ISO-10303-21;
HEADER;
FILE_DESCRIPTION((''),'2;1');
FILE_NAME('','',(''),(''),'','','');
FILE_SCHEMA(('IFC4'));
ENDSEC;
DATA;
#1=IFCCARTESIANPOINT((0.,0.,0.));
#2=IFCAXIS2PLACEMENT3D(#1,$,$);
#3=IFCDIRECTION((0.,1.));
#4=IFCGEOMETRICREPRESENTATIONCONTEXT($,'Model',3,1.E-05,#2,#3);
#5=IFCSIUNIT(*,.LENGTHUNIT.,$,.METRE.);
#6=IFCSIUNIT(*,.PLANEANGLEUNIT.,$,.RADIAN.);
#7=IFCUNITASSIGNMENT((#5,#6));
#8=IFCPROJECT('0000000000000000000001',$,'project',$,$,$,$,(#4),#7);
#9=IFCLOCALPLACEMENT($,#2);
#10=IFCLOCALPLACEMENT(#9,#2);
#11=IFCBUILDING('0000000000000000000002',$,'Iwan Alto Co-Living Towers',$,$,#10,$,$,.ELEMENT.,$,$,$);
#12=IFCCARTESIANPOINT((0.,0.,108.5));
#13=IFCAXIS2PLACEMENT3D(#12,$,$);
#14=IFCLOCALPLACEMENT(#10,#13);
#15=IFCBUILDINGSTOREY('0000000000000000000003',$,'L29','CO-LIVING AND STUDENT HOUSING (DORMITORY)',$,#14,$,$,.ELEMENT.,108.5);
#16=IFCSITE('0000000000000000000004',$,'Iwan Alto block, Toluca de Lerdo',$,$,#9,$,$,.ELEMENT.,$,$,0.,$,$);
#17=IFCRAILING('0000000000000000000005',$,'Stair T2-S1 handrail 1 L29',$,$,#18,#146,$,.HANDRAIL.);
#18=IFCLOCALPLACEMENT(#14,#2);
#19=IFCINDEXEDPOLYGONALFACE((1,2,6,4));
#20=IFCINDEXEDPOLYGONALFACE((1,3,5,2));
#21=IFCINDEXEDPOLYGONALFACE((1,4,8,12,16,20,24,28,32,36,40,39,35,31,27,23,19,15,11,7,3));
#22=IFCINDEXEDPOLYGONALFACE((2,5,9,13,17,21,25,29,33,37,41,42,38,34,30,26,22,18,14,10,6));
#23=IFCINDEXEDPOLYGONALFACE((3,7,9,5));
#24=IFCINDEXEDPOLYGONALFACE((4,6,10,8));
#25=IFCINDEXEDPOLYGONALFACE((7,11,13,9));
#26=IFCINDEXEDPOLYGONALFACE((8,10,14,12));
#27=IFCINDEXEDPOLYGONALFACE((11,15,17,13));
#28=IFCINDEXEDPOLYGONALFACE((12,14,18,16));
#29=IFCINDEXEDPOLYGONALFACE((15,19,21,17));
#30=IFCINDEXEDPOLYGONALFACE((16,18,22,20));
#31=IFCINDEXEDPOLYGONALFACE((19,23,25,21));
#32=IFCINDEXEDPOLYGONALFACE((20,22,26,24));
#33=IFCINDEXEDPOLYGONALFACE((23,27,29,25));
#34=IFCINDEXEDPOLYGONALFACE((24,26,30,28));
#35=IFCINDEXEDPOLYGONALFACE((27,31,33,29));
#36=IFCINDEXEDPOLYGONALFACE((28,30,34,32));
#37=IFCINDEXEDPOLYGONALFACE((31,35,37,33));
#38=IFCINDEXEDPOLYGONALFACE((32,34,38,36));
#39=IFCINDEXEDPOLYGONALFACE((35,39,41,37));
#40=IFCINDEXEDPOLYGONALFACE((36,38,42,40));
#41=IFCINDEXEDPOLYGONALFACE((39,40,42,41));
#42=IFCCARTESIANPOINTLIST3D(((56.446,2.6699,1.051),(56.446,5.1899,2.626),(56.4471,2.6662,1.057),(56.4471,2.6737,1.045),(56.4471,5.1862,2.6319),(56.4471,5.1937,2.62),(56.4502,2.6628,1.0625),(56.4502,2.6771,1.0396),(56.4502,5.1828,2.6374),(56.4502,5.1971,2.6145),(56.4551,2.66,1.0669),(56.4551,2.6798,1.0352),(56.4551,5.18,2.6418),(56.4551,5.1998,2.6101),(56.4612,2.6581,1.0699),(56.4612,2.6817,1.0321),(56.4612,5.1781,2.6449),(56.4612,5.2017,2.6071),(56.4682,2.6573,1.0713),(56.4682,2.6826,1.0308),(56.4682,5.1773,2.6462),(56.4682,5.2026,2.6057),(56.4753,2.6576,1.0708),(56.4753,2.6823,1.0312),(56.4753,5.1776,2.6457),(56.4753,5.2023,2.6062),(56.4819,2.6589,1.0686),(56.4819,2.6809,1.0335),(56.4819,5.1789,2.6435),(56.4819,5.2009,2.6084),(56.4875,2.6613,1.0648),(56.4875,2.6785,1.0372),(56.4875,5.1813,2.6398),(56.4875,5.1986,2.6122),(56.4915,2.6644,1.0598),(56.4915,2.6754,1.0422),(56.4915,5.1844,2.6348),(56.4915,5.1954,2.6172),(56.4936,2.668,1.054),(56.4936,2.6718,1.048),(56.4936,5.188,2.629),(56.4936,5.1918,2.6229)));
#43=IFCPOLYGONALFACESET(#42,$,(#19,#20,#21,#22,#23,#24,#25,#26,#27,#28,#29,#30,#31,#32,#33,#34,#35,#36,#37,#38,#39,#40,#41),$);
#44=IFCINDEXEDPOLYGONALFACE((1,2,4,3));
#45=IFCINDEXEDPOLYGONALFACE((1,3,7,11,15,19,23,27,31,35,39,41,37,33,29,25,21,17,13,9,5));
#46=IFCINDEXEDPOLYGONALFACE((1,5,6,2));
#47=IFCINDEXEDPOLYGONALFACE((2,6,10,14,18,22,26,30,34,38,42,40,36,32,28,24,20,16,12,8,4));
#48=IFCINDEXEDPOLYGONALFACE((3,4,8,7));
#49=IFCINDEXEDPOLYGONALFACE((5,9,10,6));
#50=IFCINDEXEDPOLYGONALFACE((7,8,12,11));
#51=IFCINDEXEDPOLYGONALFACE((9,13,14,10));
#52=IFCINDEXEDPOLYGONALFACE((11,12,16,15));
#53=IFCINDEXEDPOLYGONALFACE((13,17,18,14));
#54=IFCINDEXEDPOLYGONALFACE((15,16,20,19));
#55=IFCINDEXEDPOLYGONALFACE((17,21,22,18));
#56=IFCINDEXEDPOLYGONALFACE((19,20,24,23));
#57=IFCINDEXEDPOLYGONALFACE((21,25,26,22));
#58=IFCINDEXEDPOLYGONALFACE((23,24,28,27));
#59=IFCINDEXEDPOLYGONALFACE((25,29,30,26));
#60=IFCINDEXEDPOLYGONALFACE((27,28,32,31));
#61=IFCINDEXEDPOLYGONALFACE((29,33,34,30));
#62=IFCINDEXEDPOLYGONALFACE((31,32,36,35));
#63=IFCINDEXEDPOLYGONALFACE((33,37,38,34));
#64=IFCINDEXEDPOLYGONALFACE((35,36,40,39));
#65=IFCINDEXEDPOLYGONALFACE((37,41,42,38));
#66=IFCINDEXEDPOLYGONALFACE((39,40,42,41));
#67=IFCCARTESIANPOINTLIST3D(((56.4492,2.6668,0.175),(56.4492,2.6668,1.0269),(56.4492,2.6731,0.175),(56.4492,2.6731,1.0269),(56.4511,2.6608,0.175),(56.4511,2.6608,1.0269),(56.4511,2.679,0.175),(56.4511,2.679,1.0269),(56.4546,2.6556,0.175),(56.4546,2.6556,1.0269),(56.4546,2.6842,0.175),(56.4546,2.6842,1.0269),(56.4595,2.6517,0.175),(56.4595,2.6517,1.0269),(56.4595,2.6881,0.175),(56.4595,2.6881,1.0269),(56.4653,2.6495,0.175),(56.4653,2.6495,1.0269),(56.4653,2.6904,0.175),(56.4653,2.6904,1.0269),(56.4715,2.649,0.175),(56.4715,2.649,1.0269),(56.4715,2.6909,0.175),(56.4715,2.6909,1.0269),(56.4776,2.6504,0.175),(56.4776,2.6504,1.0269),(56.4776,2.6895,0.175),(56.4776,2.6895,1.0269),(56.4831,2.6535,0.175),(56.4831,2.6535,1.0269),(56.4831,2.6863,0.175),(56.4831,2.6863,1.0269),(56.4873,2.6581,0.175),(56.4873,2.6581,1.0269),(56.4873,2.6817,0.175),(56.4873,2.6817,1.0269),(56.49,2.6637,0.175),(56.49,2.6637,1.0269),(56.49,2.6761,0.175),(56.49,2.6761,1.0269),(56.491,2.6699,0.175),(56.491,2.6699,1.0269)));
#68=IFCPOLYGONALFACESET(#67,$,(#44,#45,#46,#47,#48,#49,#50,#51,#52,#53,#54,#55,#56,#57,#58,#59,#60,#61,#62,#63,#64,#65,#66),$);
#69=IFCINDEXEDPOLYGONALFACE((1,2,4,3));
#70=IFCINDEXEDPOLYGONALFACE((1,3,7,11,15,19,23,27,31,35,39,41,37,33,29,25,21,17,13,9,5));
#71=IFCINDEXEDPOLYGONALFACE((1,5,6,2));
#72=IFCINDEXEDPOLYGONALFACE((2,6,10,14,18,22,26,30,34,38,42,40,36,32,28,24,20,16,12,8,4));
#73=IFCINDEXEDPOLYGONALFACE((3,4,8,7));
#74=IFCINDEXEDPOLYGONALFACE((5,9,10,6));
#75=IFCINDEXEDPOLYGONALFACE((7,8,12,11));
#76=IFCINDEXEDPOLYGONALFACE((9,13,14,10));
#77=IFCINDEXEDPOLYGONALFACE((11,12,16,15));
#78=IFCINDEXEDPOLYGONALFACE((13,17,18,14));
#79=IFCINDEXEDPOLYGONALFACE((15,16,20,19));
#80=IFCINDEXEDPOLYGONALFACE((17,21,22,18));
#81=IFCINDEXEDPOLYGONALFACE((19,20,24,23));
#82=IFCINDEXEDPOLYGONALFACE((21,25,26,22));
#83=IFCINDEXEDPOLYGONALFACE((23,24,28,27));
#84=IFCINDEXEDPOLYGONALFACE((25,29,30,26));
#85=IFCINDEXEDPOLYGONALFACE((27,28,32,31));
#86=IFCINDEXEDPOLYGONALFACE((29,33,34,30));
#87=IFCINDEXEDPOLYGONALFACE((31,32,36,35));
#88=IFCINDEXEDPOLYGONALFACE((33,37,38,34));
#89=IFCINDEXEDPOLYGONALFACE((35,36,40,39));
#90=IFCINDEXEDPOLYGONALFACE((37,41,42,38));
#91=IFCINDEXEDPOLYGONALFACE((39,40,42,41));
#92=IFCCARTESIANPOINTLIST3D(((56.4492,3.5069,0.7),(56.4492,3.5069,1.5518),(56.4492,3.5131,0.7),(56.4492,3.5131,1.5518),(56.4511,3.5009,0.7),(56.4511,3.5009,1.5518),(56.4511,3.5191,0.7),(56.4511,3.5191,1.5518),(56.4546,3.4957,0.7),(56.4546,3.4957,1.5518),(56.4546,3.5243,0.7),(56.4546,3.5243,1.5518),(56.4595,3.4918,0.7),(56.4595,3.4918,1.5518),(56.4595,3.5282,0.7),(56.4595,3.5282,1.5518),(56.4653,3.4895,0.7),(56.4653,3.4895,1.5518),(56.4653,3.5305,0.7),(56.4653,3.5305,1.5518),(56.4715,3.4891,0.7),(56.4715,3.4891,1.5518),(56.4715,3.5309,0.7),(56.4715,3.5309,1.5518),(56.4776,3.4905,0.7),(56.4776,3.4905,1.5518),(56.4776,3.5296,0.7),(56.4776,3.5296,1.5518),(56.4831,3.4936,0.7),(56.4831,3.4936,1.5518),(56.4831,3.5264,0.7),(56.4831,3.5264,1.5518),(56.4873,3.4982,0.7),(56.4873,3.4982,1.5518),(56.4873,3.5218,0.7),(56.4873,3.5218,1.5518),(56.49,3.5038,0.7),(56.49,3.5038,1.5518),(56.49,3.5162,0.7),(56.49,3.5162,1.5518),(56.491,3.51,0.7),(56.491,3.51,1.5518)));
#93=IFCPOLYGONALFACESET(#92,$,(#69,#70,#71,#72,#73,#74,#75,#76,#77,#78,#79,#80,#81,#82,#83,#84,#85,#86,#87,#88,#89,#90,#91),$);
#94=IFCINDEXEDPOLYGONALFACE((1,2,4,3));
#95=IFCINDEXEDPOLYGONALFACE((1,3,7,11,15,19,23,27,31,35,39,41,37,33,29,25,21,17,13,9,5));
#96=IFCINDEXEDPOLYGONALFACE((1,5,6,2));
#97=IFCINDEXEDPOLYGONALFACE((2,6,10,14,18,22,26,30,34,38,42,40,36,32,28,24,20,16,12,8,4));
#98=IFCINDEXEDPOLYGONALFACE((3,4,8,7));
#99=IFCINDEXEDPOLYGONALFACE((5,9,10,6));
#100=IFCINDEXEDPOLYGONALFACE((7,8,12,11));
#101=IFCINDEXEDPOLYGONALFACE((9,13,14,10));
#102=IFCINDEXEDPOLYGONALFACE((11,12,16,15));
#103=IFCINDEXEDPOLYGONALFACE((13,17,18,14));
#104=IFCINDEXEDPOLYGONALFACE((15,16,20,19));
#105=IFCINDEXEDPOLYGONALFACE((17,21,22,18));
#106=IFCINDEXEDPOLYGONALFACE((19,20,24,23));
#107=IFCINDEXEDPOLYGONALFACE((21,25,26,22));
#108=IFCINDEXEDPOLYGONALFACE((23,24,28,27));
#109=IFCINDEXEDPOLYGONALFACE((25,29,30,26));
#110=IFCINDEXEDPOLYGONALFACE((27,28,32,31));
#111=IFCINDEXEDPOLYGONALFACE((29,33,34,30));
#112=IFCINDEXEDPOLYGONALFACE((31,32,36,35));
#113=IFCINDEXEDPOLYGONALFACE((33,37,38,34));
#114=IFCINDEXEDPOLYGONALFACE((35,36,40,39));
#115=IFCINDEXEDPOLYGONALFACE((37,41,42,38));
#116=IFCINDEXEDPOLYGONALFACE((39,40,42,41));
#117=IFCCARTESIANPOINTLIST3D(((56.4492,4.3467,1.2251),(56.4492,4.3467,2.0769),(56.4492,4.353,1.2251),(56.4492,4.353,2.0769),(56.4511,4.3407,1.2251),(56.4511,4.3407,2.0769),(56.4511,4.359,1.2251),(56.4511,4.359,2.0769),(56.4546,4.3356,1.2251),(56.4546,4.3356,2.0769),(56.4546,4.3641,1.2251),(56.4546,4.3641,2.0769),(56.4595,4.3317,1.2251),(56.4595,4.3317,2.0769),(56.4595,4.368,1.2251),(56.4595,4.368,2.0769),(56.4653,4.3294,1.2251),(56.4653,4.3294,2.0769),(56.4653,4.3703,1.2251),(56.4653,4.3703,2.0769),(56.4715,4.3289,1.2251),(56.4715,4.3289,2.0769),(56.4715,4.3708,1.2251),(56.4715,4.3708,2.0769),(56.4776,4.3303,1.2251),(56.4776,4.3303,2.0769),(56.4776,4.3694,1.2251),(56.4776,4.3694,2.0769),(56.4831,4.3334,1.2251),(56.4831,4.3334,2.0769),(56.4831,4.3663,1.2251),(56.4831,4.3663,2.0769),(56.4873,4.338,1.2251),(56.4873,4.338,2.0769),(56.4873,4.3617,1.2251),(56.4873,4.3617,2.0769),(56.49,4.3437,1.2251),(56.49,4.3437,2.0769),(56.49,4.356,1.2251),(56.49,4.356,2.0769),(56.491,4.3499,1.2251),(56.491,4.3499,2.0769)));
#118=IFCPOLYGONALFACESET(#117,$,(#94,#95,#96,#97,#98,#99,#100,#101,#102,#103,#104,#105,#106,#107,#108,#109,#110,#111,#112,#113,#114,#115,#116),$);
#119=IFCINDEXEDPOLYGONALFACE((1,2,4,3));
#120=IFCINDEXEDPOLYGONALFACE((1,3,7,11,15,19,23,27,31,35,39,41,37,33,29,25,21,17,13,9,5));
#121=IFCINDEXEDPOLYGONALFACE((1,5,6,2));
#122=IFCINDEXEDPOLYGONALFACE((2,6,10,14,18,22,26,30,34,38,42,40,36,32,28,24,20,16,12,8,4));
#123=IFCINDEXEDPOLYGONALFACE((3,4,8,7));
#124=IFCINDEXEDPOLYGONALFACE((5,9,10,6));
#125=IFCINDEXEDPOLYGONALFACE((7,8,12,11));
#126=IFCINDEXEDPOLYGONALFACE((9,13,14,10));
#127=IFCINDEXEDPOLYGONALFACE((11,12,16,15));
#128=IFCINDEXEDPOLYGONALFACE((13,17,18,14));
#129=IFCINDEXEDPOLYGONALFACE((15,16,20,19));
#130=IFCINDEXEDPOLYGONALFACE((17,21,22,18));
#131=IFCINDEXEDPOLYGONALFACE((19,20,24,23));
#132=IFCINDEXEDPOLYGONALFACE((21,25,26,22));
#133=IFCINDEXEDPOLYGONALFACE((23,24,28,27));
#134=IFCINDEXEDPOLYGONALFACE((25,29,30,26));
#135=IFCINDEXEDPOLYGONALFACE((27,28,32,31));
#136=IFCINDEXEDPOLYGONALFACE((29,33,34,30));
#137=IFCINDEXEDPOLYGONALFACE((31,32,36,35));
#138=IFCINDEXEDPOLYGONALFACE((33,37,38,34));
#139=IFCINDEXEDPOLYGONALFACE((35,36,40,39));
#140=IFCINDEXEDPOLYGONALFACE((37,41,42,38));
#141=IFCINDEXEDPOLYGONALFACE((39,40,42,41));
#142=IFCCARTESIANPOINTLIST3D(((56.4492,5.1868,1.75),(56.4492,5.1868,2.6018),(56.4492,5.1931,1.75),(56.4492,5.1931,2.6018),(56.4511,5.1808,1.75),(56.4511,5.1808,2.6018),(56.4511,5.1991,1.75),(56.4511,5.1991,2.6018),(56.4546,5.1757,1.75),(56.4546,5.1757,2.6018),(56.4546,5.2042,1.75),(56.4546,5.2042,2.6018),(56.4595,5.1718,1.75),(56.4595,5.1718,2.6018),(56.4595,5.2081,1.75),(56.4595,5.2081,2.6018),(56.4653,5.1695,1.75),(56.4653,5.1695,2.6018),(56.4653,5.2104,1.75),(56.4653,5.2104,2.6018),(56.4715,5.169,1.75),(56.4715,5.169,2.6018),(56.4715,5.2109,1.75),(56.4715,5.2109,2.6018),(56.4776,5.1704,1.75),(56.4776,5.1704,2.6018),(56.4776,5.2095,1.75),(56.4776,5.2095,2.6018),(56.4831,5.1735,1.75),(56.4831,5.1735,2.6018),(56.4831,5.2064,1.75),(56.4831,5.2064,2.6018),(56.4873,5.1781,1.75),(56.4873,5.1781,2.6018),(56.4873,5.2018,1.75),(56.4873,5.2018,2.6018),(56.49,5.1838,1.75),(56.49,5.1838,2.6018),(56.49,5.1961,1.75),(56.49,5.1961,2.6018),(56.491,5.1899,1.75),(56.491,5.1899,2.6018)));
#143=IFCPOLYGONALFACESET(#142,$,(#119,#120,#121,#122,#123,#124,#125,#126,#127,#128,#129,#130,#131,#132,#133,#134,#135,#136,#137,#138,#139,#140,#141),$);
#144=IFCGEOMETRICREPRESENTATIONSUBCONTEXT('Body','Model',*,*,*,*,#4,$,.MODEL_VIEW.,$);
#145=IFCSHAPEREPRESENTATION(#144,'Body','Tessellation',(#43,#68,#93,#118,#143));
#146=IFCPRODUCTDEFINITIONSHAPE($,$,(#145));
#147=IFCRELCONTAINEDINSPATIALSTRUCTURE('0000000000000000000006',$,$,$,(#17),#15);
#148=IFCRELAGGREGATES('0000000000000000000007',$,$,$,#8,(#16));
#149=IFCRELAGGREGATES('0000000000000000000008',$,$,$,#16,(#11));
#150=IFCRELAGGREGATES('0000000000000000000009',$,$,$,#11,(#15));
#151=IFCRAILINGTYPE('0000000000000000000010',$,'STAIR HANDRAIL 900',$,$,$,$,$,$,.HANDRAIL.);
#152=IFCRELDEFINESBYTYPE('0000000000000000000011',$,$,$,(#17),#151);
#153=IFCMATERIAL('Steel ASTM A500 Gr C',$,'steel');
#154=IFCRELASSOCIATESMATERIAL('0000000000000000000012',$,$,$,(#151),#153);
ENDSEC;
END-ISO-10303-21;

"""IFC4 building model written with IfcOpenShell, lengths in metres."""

from ifc_helpers import new_model, si_unit, direction, frame, origin, origin_2d, place, context, subcontext, project, spatial, circle, extrude, material, type_object, element, save


model = new_model("IFC4")

# Units and contexts
model_context = context("Model", 3, precision=1e-05, world=origin(), true_north=direction((0.0, 1.0)))
body_context = subcontext(model_context, "Body", "Model", "MODEL_VIEW")
ifc_project = project(units=[si_unit("LENGTHUNIT", "METRE"), si_unit("PLANEANGLEUNIT", "RADIAN")], contexts=[model_context])

# Site, building, storey
site_placement = place(None, origin())
site = spatial("IfcSite", under=ifc_project, at=site_placement, Name="Iwan Alto block, Toluca de Lerdo", CompositionType="ELEMENT", RefElevation=0.0)
building_placement = place(site_placement, origin())
building = spatial("IfcBuilding", under=site, at=building_placement, Name="Iwan Alto Co-Living Towers", CompositionType="ELEMENT")
storey_placement = place(building_placement, frame((0.0, 0.0, 108.5)))
storey = spatial("IfcBuildingStorey", under=building, at=storey_placement, Name="L29", Description="CO-LIVING AND STUDENT HOUSING (DORMITORY)", CompositionType="ELEMENT", Elevation=108.5)

# Railing
ifc_material_1 = material(Name="Steel ASTM A500 Gr C", Category="steel")
railing_type_1 = type_object("IfcRailingType", Name="STAIR HANDRAIL 900", PredefinedType="HANDRAIL", material=ifc_material_1)
railing_1_placement = place(storey_placement, frame((56.47, 2.6699, 0.175)))
element("IfcRailing", 1, at=railing_1_placement, inside=storey, type_object=railing_type_1, Name="Stair T2-S1 handrail 1 L29", PredefinedType="HANDRAIL", context=body_context, shape_type="SweptSolid", body=[
    extrude(circle(Radius=0.0239, at=origin_2d()), frame((0.0, 0.0, 0.876), z_axis=(0.0, 0.848008, 0.529984), x_axis=(-1.0, 0.0, 0.0)), (0.0, 0.0, 1.0), 2.9717),
    extrude(circle(Radius=0.021, at=origin_2d()), origin(), (0.0, 0.0, 1.0), 0.8518),
    extrude(circle(Radius=0.021, at=origin_2d()), frame((0.0, 0.8401, 0.5249)), (0.0, 0.0, 1.0), 0.8518),
    extrude(circle(Radius=0.021, at=origin_2d()), frame((0.0, 1.6799, 1.05)), (0.0, 0.0, 1.0), 0.8518),
    extrude(circle(Radius=0.021, at=origin_2d()), frame((0.0, 2.52, 1.575)), (0.0, 0.0, 1.0), 0.8518),
])

save(model, "model.ifc")
